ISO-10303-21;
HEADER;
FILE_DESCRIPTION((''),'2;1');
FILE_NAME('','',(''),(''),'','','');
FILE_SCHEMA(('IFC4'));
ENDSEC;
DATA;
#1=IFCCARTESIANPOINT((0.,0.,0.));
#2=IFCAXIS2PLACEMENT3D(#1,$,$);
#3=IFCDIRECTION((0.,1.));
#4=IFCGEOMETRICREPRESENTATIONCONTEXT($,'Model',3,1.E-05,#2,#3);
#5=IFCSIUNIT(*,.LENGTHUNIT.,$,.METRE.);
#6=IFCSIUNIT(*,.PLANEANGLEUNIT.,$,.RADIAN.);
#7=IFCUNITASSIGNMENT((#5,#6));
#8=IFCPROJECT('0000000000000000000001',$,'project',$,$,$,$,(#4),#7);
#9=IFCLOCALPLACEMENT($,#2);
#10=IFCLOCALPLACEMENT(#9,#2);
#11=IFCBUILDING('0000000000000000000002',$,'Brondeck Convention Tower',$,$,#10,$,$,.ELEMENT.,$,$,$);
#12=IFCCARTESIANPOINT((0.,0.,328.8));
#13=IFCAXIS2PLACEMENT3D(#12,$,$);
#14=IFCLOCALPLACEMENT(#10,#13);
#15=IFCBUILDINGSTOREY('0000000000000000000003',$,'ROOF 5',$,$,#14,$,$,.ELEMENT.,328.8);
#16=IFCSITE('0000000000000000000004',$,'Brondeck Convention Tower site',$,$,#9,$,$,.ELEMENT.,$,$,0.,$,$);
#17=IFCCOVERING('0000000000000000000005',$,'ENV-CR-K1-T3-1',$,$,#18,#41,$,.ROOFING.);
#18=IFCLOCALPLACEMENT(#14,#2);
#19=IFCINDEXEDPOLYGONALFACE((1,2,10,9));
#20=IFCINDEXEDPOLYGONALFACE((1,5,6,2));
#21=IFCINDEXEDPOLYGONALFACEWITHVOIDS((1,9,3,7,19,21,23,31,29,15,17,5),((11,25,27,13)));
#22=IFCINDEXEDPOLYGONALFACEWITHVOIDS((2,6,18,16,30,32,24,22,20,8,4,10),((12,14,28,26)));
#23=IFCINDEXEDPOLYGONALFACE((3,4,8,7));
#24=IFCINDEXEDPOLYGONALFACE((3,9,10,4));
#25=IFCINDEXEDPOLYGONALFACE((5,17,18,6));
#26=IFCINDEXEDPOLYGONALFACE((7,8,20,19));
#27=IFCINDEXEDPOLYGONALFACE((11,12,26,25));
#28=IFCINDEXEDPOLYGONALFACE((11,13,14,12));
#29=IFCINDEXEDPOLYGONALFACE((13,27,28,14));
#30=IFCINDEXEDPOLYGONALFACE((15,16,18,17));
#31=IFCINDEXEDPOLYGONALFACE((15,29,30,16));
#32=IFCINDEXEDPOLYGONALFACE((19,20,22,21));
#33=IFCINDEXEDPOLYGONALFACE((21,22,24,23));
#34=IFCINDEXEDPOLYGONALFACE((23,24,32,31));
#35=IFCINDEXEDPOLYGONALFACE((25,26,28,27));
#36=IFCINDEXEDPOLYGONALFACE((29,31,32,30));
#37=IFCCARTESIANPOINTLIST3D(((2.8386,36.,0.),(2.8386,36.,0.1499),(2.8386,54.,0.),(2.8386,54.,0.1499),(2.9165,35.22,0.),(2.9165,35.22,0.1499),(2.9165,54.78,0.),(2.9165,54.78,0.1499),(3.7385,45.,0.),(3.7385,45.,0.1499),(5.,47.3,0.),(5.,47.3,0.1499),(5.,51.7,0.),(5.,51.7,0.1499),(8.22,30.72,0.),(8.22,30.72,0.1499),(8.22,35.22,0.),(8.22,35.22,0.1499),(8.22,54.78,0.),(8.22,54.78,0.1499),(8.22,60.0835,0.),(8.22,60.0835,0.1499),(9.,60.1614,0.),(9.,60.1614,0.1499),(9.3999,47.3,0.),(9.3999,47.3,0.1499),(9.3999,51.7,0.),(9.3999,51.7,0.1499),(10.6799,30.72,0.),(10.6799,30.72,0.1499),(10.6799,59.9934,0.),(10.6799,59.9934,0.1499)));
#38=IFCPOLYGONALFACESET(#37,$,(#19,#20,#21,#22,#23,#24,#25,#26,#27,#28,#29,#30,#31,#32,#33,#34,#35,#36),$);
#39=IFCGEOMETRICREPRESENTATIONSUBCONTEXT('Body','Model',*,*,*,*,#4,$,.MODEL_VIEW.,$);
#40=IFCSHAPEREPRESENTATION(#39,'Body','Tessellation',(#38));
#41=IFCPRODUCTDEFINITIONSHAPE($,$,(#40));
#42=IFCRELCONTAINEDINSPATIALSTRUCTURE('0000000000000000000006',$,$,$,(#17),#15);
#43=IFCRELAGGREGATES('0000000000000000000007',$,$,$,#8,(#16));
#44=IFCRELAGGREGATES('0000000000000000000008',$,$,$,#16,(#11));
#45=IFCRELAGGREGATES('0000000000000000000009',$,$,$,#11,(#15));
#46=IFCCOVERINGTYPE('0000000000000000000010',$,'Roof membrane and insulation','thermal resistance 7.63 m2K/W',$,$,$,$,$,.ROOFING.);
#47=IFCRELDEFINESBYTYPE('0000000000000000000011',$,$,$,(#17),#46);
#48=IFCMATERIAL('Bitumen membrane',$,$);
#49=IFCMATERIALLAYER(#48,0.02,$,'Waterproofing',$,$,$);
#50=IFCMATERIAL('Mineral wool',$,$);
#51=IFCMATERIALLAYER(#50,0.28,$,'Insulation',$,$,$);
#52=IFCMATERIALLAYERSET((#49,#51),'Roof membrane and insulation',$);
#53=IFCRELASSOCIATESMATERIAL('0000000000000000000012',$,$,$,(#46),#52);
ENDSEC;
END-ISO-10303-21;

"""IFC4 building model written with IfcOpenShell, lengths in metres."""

from ifc_helpers import new_model, si_unit, direction, frame, origin, place, context, subcontext, project, spatial, polyline, outline, extrude, material, layer, layer_set, type_object, element, save


model = new_model("IFC4")

# Units and contexts
model_context = context("Model", 3, precision=1e-05, world=origin(), true_north=direction((0.0, 1.0)))
body_context = subcontext(model_context, "Body", "Model", "MODEL_VIEW")
ifc_project = project(units=[si_unit("LENGTHUNIT", "METRE"), si_unit("PLANEANGLEUNIT", "RADIAN")], contexts=[model_context])

# Site, building, storey
site_placement = place(None, origin())
site = spatial("IfcSite", under=ifc_project, at=site_placement, Name="Brondeck Convention Tower site", CompositionType="ELEMENT", RefElevation=0.0)
building_placement = place(site_placement, origin())
building = spatial("IfcBuilding", under=site, at=building_placement, Name="Brondeck Convention Tower", CompositionType="ELEMENT")
storey_placement = place(building_placement, frame((0.0, 0.0, 328.8)))
storey = spatial("IfcBuildingStorey", under=building, at=storey_placement, Name="ROOF 5", CompositionType="ELEMENT", Elevation=328.8)

# Covering
ifc_material_1 = material(Name="Bitumen membrane")
ifc_layer_1 = layer(ifc_material_1, 0.02, Name="Waterproofing")
ifc_material_2 = material(Name="Mineral wool")
ifc_layer_2 = layer(ifc_material_2, 0.28, Name="Insulation")
ifc_layer_set = layer_set([ifc_layer_1, ifc_layer_2], Name="Roof membrane and insulation")
covering_type = type_object("IfcCoveringType", Name="Roof membrane and insulation", Description="thermal resistance 7.63 m2K/W", PredefinedType="ROOFING", material=ifc_layer_set)
covering_placement = place(storey_placement, origin())
element("IfcCovering", 1, at=covering_placement, inside=storey, type_object=covering_type, Name="ENV-CR-K1-T3-1", PredefinedType="ROOFING", context=body_context, shape_type="SweptSolid", body=[
    extrude(outline(polyline([(8.22, 35.22), (8.22, 30.72), (10.6799, 30.72), (10.6799, 59.9934), (9.0, 60.1614), (8.22, 60.0835), (8.22, 54.78), (2.9165, 54.78), (2.8386, 54.0), (3.7385, 45.0), (2.8386, 36.0), (2.9165, 35.22), (8.22, 35.22)]), holes=[polyline([(9.3999, 51.7), (9.3999, 47.3), (5.0, 47.3), (5.0, 51.7), (9.3999, 51.7)])]), origin(), (0.0, 0.0, 1.0), 0.1499),
])

save(model, "model.ifc")
